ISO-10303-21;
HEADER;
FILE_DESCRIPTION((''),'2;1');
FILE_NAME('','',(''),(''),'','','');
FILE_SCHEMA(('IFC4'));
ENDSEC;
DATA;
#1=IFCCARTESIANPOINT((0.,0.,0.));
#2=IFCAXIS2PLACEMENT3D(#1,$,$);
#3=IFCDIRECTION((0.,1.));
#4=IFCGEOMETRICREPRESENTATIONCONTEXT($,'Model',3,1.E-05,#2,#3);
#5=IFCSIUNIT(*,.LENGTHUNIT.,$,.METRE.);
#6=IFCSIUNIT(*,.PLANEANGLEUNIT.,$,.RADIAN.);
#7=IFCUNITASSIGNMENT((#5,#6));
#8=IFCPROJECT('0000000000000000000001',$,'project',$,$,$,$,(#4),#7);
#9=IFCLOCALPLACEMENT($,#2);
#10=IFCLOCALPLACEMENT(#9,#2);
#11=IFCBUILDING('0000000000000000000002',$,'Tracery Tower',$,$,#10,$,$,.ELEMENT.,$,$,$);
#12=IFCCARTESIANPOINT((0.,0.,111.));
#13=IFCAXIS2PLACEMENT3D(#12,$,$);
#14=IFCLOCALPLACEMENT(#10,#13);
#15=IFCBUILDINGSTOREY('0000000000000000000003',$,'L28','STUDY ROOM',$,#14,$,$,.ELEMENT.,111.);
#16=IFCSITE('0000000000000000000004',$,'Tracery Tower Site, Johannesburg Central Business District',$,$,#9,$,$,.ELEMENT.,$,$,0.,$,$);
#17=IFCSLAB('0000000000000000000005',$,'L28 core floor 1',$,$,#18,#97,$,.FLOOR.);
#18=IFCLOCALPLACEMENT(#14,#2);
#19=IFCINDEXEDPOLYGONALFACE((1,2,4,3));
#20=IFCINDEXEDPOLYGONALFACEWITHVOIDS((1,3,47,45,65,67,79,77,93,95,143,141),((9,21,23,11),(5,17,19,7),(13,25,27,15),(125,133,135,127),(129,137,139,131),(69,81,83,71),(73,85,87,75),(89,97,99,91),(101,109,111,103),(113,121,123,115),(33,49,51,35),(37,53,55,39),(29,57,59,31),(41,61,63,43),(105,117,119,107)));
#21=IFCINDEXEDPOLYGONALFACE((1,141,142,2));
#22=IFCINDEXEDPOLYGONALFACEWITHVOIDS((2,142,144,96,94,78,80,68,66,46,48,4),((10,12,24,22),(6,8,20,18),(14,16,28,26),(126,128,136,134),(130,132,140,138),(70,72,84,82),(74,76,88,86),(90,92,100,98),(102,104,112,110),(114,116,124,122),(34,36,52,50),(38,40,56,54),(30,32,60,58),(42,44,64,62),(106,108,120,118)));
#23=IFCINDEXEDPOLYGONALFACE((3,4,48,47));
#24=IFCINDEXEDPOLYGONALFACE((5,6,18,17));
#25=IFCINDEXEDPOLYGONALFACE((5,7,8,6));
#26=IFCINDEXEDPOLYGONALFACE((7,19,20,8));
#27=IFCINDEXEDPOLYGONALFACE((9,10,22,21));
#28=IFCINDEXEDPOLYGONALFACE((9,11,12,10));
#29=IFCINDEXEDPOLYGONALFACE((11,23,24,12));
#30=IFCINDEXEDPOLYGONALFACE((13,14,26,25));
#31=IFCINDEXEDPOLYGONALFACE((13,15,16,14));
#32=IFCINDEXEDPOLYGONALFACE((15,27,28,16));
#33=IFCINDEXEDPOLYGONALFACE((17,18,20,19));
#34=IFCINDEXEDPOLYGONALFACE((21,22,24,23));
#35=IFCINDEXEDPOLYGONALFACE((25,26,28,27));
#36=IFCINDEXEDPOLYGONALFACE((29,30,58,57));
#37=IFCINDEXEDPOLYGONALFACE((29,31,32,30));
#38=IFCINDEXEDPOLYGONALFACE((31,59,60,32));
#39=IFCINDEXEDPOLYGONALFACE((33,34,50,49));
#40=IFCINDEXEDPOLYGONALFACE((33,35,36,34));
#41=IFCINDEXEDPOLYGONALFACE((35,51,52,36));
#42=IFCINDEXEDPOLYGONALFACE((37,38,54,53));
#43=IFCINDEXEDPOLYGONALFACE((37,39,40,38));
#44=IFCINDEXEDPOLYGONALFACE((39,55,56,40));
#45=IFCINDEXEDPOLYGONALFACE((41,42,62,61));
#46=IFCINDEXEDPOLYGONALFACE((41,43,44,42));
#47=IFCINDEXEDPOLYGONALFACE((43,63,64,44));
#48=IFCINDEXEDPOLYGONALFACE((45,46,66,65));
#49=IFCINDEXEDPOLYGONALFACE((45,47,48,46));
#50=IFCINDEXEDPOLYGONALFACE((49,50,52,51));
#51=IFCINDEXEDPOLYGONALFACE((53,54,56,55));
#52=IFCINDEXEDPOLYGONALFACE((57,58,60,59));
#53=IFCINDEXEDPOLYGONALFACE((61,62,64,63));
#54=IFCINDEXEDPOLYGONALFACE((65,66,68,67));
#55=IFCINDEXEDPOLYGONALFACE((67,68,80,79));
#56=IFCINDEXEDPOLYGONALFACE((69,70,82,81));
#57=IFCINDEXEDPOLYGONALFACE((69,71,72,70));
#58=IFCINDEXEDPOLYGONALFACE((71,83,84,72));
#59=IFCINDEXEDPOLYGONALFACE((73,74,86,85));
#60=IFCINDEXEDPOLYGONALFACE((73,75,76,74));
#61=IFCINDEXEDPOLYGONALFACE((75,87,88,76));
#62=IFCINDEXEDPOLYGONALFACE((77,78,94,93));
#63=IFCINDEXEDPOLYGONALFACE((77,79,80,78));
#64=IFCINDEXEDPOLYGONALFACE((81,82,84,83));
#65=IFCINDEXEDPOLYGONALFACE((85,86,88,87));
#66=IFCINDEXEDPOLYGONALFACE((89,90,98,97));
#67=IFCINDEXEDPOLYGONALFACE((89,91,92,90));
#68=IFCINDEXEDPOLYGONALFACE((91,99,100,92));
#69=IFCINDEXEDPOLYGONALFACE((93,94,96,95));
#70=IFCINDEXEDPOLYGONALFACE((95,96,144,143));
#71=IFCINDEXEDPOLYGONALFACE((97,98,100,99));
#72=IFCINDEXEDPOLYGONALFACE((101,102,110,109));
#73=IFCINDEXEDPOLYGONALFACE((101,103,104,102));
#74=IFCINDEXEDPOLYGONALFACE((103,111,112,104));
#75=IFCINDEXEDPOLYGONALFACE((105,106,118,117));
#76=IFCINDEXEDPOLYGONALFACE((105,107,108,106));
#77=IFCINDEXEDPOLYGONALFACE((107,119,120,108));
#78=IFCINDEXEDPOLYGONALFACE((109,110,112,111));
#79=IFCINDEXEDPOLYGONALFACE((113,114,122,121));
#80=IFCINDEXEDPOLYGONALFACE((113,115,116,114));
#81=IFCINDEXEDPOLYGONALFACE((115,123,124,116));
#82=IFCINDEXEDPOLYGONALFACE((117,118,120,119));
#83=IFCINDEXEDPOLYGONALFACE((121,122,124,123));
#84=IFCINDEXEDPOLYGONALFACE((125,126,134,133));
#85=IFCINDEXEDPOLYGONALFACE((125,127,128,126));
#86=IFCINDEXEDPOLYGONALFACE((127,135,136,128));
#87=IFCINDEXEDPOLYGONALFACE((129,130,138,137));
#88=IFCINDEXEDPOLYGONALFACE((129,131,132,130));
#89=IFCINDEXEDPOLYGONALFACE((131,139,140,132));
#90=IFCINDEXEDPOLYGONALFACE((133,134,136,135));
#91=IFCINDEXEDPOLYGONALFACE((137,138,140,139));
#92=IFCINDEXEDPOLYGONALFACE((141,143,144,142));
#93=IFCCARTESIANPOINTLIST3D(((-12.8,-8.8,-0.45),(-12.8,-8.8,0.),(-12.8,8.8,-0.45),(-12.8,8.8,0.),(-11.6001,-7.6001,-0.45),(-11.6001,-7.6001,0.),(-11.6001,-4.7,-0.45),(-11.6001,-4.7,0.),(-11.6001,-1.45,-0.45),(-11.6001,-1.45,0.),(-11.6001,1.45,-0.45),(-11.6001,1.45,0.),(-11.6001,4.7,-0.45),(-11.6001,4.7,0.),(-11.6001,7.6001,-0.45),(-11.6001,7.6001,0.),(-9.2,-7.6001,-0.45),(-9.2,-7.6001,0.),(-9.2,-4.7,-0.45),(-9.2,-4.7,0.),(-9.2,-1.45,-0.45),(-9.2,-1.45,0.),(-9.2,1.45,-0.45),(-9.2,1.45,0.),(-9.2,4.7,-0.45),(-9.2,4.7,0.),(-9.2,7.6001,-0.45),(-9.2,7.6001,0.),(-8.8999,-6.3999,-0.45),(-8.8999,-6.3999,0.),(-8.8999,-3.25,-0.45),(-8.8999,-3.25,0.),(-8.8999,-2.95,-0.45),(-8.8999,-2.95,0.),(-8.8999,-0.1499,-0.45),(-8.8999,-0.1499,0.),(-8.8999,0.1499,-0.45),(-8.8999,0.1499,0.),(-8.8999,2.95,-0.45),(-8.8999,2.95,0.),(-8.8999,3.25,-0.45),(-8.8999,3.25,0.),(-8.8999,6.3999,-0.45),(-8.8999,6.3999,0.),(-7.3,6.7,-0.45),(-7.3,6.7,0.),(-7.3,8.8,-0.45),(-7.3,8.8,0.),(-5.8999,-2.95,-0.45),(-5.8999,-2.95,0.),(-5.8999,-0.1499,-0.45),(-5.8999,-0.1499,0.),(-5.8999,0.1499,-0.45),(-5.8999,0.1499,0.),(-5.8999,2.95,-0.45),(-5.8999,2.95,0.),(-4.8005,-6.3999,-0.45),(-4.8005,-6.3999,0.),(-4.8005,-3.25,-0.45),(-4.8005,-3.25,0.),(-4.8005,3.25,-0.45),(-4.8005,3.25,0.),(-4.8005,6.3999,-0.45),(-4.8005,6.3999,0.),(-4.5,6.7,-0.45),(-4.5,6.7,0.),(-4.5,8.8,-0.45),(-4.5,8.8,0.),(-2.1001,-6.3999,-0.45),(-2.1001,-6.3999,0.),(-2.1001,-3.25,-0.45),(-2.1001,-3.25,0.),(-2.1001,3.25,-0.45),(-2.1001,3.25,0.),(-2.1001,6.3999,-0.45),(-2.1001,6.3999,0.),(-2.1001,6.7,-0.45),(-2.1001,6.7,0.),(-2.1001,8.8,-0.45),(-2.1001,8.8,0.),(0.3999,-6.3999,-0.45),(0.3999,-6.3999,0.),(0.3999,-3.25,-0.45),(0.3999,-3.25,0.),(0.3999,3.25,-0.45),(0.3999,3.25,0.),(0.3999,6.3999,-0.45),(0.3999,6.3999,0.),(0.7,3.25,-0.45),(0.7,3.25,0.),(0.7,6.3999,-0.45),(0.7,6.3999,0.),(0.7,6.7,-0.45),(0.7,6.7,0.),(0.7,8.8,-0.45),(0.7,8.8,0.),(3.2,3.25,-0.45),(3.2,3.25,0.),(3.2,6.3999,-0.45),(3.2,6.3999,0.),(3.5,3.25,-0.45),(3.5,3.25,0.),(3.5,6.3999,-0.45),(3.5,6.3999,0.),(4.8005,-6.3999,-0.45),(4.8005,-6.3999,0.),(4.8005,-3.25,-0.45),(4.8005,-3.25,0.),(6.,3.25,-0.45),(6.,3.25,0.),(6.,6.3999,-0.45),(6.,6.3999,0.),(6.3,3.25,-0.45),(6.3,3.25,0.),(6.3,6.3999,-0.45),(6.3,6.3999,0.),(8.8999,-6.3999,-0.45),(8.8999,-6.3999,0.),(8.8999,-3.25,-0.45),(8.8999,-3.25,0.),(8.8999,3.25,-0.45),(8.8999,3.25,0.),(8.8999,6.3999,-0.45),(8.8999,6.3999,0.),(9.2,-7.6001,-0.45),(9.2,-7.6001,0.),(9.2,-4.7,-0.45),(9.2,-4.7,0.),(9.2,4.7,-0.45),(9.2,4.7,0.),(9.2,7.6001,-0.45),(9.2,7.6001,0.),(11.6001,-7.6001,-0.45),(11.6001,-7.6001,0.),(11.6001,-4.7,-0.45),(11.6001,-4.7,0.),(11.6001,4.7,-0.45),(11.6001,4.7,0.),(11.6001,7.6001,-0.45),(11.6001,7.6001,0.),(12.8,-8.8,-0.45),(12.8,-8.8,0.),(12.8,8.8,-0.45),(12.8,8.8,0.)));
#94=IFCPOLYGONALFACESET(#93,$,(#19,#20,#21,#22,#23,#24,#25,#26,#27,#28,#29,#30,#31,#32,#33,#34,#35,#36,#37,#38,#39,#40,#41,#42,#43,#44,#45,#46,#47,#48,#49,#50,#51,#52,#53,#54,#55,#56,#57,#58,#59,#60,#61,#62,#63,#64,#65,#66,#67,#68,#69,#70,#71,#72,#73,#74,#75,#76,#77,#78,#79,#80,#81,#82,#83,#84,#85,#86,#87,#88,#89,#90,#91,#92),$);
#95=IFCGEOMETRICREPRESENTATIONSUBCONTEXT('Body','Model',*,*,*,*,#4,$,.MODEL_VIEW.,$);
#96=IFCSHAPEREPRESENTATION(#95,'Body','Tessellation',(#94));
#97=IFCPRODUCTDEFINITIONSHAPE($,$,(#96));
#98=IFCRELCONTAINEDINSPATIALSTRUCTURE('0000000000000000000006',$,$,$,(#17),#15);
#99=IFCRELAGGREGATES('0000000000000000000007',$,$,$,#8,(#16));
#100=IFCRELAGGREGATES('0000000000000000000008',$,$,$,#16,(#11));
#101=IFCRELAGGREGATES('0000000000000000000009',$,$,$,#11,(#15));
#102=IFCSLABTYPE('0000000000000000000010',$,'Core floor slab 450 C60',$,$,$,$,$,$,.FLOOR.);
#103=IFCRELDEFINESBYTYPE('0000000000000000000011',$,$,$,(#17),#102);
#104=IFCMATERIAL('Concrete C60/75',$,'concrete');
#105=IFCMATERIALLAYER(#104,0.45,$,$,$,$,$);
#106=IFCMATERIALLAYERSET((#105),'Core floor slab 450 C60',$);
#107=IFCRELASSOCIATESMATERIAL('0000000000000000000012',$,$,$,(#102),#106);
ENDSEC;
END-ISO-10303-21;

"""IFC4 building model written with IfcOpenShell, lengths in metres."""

from ifc_helpers import new_model, si_unit, direction, frame, origin, place, context, subcontext, project, spatial, polyline, outline, extrude, material, layer, layer_set, type_object, element, save


model = new_model("IFC4")

# Units and contexts
model_context = context("Model", 3, precision=1e-05, world=origin(), true_north=direction((0.0, 1.0)))
body_context = subcontext(model_context, "Body", "Model", "MODEL_VIEW")
ifc_project = project(units=[si_unit("LENGTHUNIT", "METRE"), si_unit("PLANEANGLEUNIT", "RADIAN")], contexts=[model_context])

# Site, building, storey
site_placement = place(None, origin())
site = spatial("IfcSite", under=ifc_project, at=site_placement, Name="Tracery Tower Site, Johannesburg Central Business District", CompositionType="ELEMENT", RefElevation=0.0)
building_placement = place(site_placement, origin())
building = spatial("IfcBuilding", under=site, at=building_placement, Name="Tracery Tower", CompositionType="ELEMENT")
storey_placement = place(building_placement, frame((0.0, 0.0, 111.0)))
storey = spatial("IfcBuildingStorey", under=building, at=storey_placement, Name="L28", Description="STUDY ROOM", CompositionType="ELEMENT", Elevation=111.0)

# Slab
ifc_material_1 = material(Name="Concrete C60/75", Category="concrete")
ifc_layer_1 = layer(ifc_material_1, 0.45)
ifc_layer_set_1 = layer_set([ifc_layer_1], Name="Core floor slab 450 C60")
slab_type_1 = type_object("IfcSlabType", Name="Core floor slab 450 C60", PredefinedType="FLOOR", material=ifc_layer_set_1)
slab_1_placement = place(storey_placement, frame((0.0, 0.0, -0.45)))
element("IfcSlab", 1, at=slab_1_placement, inside=storey, type_object=slab_type_1, Name="L28 core floor 1", PredefinedType="FLOOR", context=body_context, shape_type="SweptSolid", body=[
    extrude(outline(polyline([(-12.8, 8.8), (-7.3, 8.8), (-7.3, 6.7), (-4.5, 6.7), (-4.5, 8.8), (-2.1001, 8.8), (-2.1001, 6.7), (0.7, 6.7), (0.7, 8.8), (12.8, 8.8), (12.8, -8.8), (-12.8, -8.8), (-12.8, 8.8)]), holes=[polyline([(11.6001, -7.6001), (11.6001, -4.7), (9.2, -4.7), (9.2, -7.6001), (11.6001, -7.6001)]), polyline([(11.6001, 4.7), (11.6001, 7.6001), (9.2, 7.6001), (9.2, 4.7), (11.6001, 4.7)]), polyline([(4.8005, -3.25), (4.8005, -6.3999), (8.8999, -6.3999), (8.8999, -3.25), (4.8005, -3.25)]), polyline([(6.3, 3.25), (8.8999, 3.25), (8.8999, 6.3999), (6.3, 6.3999), (6.3, 3.25)]), polyline([(3.5, 3.25), (6.0, 3.25), (6.0, 6.3999), (3.5, 6.3999), (3.5, 3.25)]), polyline([(3.2, 3.25), (3.2, 6.3999), (0.7, 6.3999), (0.7, 3.25), (3.2, 3.25)]), polyline([(-2.1001, 3.25), (0.3999, 3.25), (0.3999, 6.3999), (-2.1001, 6.3999), (-2.1001, 3.25)]), polyline([(0.3999, -6.3999), (0.3999, -3.25), (-2.1001, -3.25), (-2.1001, -6.3999), (0.3999, -6.3999)]), polyline([(-4.8005, -3.25), (-8.8999, -3.25), (-8.8999, -6.3999), (-4.8005, -6.3999), (-4.8005, -3.25)]), polyline([(-4.8005, 6.3999), (-8.8999, 6.3999), (-8.8999, 3.25), (-4.8005, 3.25), (-4.8005, 6.3999)]), polyline([(-8.8999, -2.95), (-5.8999, -2.95), (-5.8999, -0.1499), (-8.8999, -0.1499), (-8.8999, -2.95)]), polyline([(-5.8999, 0.1499), (-5.8999, 2.95), (-8.8999, 2.95), (-8.8999, 0.1499), (-5.8999, 0.1499)]), polyline([(-11.6001, 4.7), (-9.2, 4.7), (-9.2, 7.6001), (-11.6001, 7.6001), (-11.6001, 4.7)]), polyline([(-9.2, -7.6001), (-9.2, -4.7), (-11.6001, -4.7), (-11.6001, -7.6001), (-9.2, -7.6001)]), polyline([(-9.2, -1.45), (-9.2, 1.45), (-11.6001, 1.45), (-11.6001, -1.45), (-9.2, -1.45)])]), origin(), (0.0, 0.0, 1.0), 0.45),
])

save(model, "model.ifc")
